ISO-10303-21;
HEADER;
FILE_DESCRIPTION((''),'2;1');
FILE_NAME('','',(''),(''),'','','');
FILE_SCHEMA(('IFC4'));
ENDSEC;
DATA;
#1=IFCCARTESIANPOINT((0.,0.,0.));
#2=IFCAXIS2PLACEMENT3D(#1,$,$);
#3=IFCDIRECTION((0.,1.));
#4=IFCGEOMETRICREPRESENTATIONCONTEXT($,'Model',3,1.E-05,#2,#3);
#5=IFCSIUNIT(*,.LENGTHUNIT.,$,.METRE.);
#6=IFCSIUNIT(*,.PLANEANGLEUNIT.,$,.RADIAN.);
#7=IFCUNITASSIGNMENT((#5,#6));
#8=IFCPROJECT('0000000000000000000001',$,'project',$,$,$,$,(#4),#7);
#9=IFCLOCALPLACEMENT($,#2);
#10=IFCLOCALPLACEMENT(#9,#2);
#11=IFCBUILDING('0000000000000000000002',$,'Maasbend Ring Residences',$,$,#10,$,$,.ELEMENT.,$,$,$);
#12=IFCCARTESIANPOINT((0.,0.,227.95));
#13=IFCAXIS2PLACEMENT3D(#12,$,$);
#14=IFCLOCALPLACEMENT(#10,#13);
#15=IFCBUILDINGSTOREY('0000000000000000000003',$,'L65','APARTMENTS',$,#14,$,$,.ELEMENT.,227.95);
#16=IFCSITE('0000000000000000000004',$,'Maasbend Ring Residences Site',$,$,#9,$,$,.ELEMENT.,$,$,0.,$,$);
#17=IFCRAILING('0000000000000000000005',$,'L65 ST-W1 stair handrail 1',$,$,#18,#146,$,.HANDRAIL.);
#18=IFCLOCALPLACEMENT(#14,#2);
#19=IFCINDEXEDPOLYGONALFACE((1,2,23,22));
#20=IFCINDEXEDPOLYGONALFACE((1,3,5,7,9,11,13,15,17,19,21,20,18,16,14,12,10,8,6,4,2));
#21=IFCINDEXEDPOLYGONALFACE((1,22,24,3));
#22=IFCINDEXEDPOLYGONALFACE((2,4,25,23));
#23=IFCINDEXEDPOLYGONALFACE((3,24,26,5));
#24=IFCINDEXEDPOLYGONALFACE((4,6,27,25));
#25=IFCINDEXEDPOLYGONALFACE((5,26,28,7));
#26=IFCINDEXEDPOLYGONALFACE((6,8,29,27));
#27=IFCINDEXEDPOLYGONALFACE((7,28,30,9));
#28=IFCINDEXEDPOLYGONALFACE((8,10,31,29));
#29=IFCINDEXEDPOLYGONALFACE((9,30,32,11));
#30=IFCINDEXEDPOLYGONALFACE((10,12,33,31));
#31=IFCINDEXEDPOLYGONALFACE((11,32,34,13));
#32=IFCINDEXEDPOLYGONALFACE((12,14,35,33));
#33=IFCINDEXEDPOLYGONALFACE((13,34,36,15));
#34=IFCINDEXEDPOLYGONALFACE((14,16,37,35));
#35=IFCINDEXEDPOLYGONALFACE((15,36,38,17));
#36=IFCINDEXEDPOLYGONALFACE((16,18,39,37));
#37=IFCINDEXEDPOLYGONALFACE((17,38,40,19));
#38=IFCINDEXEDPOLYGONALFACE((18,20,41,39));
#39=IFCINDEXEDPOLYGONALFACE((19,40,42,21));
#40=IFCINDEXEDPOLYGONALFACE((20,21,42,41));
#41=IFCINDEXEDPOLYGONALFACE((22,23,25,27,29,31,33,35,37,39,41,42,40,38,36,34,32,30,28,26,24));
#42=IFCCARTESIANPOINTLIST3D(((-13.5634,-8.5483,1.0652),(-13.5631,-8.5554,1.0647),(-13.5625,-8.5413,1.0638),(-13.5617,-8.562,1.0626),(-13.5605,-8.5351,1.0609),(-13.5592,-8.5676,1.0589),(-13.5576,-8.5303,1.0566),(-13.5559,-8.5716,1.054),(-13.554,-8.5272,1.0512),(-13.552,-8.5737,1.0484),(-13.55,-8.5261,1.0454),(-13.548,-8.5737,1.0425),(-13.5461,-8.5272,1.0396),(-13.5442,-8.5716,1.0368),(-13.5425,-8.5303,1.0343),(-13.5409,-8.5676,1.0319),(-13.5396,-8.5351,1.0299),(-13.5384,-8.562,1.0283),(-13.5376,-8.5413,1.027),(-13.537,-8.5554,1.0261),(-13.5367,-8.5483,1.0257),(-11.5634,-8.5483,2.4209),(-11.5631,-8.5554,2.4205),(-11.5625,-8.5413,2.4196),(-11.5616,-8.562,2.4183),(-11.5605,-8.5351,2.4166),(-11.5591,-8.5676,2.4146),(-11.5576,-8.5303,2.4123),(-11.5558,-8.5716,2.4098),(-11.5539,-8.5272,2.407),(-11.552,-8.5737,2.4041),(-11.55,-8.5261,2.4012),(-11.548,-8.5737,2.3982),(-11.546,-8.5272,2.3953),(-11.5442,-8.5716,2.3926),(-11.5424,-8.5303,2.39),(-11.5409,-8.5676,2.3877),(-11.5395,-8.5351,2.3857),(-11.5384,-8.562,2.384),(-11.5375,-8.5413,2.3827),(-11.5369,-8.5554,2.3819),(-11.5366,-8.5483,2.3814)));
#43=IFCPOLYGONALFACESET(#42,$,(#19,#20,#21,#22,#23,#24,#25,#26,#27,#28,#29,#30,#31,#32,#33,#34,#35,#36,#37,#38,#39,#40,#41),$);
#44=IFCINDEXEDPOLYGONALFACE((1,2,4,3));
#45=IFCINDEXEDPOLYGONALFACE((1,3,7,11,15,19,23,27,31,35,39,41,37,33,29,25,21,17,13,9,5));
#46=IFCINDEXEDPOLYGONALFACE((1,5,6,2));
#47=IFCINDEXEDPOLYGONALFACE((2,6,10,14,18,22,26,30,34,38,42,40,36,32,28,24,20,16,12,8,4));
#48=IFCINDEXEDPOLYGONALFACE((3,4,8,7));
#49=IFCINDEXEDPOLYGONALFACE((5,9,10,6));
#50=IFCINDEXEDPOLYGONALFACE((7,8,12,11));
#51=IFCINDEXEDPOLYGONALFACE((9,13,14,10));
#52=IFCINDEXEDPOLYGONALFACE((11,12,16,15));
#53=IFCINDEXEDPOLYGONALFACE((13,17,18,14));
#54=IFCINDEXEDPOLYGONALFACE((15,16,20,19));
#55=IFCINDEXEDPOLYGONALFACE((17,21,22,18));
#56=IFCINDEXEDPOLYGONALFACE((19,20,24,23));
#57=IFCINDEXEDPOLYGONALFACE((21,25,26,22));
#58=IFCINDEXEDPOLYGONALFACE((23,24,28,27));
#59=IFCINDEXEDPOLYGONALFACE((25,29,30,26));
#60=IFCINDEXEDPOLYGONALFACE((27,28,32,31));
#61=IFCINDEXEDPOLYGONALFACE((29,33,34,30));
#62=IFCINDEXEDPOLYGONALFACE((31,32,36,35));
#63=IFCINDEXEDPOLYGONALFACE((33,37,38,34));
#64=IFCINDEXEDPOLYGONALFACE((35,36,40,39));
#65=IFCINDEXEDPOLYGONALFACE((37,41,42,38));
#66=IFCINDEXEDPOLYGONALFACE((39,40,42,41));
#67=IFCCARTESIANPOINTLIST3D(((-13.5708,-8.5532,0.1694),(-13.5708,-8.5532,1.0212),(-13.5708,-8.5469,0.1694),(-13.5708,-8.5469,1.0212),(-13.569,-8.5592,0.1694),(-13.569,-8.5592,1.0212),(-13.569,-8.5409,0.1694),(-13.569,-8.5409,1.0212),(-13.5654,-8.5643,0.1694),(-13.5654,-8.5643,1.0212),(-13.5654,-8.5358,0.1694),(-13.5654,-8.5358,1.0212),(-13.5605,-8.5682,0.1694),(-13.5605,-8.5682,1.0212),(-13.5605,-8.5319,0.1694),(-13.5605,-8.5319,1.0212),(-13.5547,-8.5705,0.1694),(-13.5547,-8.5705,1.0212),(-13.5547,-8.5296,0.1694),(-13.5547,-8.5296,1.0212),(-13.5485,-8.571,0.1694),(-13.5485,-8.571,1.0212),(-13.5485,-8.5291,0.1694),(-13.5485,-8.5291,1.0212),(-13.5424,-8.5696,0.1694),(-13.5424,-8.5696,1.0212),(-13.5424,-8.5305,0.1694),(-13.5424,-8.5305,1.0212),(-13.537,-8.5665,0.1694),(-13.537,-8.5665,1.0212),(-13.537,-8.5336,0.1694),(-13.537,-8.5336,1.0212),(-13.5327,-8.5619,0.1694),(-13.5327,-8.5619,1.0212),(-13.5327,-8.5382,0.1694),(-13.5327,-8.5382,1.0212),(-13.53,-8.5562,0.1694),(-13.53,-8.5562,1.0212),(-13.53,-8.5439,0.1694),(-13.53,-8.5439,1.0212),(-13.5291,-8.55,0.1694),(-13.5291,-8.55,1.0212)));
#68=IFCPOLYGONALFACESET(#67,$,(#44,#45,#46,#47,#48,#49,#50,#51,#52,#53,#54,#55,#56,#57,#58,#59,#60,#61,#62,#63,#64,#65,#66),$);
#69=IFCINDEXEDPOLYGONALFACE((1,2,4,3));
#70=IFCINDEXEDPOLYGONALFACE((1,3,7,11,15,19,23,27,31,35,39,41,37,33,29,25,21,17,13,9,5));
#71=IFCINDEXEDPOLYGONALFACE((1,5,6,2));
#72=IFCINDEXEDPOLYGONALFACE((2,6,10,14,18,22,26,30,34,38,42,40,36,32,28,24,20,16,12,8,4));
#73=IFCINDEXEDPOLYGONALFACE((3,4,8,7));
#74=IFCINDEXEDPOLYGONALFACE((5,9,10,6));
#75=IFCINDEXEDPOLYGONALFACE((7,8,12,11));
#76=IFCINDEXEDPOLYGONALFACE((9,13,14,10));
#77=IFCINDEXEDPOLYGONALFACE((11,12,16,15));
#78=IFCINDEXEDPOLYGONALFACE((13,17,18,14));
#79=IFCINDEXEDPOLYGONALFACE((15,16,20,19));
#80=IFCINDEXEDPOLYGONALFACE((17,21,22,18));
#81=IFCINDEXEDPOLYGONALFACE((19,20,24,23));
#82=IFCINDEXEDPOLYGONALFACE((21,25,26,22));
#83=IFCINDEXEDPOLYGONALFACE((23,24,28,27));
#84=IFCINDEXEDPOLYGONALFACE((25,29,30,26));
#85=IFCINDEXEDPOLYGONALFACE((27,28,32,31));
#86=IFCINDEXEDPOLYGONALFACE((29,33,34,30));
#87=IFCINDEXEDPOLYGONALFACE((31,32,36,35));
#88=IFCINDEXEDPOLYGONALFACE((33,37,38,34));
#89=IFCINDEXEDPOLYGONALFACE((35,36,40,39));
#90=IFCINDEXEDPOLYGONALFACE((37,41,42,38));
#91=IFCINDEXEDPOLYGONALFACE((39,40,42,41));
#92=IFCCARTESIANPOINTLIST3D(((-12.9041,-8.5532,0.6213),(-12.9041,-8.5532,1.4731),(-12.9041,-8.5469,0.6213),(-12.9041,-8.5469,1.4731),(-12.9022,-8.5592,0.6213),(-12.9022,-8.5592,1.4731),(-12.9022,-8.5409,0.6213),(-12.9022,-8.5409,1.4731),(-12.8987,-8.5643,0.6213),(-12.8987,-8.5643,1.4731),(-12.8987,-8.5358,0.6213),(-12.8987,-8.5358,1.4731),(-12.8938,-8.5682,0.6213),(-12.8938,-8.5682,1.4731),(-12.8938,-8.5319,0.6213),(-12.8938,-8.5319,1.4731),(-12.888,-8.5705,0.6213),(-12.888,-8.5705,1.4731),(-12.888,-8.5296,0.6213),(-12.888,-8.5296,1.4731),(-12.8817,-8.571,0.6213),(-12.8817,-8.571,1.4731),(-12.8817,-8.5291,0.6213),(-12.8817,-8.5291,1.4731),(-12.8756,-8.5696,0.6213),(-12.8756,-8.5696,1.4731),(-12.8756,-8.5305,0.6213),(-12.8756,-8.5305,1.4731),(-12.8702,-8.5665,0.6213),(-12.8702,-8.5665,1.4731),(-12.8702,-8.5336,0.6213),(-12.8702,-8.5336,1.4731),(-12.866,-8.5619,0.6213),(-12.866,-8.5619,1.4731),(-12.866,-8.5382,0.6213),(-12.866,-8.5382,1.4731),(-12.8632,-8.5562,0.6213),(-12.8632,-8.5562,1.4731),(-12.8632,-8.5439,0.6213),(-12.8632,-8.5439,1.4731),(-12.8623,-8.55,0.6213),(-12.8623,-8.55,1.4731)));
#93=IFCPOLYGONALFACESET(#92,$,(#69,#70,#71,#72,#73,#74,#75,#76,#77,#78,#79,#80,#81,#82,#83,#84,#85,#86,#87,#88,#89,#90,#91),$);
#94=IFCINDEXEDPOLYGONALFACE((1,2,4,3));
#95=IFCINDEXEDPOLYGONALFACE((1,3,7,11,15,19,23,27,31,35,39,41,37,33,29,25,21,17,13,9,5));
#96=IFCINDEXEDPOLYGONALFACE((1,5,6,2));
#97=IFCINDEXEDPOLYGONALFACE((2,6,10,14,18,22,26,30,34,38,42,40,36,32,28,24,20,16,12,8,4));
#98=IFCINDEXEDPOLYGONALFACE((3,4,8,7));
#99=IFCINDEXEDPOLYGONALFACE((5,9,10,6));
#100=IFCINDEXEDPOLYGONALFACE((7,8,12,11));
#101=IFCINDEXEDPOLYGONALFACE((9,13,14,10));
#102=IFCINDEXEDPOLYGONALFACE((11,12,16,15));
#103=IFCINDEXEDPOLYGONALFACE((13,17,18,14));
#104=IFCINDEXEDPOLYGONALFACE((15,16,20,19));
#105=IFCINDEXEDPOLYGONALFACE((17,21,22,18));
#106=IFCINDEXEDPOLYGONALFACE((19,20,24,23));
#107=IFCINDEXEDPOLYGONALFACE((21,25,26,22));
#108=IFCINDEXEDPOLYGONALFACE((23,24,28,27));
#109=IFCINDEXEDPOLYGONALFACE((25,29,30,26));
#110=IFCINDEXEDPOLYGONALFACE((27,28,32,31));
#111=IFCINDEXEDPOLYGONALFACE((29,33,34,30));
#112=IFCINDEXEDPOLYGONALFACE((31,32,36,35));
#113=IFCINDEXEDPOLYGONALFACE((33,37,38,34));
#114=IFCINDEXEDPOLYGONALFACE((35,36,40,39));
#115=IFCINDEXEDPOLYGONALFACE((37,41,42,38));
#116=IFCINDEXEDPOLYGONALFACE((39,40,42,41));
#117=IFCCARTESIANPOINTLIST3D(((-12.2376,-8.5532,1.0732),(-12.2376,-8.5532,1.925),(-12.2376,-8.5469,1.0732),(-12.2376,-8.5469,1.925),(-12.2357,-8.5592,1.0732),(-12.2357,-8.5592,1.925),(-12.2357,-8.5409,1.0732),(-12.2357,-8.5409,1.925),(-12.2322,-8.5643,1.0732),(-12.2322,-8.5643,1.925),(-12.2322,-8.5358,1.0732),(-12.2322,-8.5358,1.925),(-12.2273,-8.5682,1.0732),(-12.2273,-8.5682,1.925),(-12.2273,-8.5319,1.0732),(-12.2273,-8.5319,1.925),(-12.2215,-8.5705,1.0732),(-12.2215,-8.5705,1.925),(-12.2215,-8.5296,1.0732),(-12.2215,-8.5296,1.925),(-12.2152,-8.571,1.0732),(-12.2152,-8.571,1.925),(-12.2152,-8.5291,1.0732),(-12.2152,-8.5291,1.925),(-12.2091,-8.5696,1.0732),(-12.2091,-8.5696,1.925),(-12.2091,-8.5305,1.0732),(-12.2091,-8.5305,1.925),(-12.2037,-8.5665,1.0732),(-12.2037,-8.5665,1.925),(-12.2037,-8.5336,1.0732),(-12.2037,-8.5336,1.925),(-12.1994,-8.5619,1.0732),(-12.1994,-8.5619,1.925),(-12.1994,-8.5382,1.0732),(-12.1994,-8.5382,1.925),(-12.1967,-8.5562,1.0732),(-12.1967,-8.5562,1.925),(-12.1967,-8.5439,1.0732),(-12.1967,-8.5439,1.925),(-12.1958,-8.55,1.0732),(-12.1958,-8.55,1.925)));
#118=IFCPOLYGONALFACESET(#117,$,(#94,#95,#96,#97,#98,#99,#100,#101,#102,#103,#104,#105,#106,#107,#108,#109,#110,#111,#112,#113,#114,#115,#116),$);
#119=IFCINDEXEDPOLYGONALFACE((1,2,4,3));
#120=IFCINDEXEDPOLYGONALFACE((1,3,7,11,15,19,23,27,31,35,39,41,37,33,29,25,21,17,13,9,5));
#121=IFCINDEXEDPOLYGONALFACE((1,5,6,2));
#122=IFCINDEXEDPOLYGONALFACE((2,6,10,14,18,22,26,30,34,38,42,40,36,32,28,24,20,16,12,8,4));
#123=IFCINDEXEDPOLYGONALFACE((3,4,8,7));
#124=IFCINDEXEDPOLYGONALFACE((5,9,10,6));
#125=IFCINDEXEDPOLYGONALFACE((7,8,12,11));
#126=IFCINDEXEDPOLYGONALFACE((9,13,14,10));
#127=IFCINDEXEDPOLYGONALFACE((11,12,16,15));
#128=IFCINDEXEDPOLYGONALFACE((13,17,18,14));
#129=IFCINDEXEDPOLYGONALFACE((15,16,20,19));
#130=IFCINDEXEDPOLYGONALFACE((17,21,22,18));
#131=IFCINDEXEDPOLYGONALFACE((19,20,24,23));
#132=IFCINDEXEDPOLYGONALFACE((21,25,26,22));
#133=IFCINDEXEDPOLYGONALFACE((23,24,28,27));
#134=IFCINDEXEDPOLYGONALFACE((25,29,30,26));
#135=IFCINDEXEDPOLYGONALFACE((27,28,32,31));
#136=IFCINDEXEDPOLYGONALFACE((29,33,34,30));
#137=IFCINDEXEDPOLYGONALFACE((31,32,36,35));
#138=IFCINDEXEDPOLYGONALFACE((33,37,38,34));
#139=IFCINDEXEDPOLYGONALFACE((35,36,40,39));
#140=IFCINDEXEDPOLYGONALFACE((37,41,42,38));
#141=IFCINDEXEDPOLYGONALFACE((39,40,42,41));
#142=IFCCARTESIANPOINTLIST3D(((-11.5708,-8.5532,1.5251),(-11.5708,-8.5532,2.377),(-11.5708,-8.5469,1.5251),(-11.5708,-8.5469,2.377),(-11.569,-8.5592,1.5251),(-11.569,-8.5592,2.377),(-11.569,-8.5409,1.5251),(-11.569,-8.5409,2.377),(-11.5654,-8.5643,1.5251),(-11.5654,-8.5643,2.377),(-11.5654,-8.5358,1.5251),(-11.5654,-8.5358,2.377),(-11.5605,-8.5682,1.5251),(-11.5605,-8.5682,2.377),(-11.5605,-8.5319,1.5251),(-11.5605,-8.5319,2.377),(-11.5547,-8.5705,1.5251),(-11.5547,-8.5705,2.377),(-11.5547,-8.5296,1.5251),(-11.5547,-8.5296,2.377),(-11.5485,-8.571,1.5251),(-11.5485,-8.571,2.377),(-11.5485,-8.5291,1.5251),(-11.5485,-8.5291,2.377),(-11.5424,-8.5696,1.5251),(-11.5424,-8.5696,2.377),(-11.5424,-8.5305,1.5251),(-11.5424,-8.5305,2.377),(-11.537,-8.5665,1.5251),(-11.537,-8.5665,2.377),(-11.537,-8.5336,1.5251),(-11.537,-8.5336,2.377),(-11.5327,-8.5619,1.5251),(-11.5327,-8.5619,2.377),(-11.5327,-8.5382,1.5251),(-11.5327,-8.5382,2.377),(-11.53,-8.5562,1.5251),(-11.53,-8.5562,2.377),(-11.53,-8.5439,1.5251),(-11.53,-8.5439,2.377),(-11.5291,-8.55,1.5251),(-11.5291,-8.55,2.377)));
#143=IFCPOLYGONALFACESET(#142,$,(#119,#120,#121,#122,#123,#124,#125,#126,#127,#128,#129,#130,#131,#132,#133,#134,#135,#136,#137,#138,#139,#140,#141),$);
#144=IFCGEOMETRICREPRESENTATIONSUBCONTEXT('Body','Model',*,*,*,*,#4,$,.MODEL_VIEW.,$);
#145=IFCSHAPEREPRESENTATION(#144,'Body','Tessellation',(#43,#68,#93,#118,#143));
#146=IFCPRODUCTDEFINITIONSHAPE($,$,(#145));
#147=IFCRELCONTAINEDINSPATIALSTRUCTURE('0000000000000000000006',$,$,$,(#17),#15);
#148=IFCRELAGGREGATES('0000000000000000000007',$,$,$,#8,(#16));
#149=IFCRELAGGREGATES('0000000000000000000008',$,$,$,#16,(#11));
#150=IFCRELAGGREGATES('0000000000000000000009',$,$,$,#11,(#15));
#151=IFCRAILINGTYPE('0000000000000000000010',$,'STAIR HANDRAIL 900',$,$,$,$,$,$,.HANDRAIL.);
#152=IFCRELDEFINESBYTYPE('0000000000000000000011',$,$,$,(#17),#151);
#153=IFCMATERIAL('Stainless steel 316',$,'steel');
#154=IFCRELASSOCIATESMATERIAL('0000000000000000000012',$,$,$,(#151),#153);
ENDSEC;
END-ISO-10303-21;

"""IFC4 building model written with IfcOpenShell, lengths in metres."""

from ifc_helpers import new_model, si_unit, direction, frame, origin, origin_2d, place, context, subcontext, project, spatial, circle, extrude, material, type_object, element, save


model = new_model("IFC4")

# Units and contexts
model_context = context("Model", 3, precision=1e-05, world=origin(), true_north=direction((0.0, 1.0)))
body_context = subcontext(model_context, "Body", "Model", "MODEL_VIEW")
ifc_project = project(units=[si_unit("LENGTHUNIT", "METRE"), si_unit("PLANEANGLEUNIT", "RADIAN")], contexts=[model_context])

# Site, building, storey
site_placement = place(None, origin())
site = spatial("IfcSite", under=ifc_project, at=site_placement, Name="Maasbend Ring Residences Site", CompositionType="ELEMENT", RefElevation=0.0)
building_placement = place(site_placement, origin())
building = spatial("IfcBuilding", under=site, at=building_placement, Name="Maasbend Ring Residences", CompositionType="ELEMENT")
storey_placement = place(building_placement, frame((0.0, 0.0, 227.95)))
storey = spatial("IfcBuildingStorey", under=building, at=storey_placement, Name="L65", Description="APARTMENTS", CompositionType="ELEMENT", Elevation=227.95)

# Railing
ifc_material_1 = material(Name="Stainless steel 316", Category="steel")
railing_type_1 = type_object("IfcRailingType", Name="STAIR HANDRAIL 900", PredefinedType="HANDRAIL", material=ifc_material_1)
railing_1_placement = place(storey_placement, frame((-13.55, -8.55, 0.1694)))
element("IfcRailing", 1, at=railing_1_placement, inside=storey, type_object=railing_type_1, Name="L65 ST-W1 stair handrail 1", PredefinedType="HANDRAIL", context=body_context, shape_type="SweptSolid", body=[
    extrude(circle(Radius=0.0239, at=origin_2d()), frame((0.0, 0.0, 0.876), z_axis=(0.827751, 0.0, 0.561096), x_axis=(0.0, 1.0, 0.0)), (0.0, 0.0, 1.0), 2.4163),
    extrude(circle(Radius=0.021, at=origin_2d()), origin(), (0.0, 0.0, 1.0), 0.8518),
    extrude(circle(Radius=0.021, at=origin_2d()), frame((0.6667, 0.0, 0.4519)), (0.0, 0.0, 1.0), 0.8518),
    extrude(circle(Radius=0.021, at=origin_2d()), frame((1.3333, 0.0, 0.9038)), (0.0, 0.0, 1.0), 0.8518),
    extrude(circle(Radius=0.021, at=origin_2d()), frame((2.0, 0.0, 1.3557)), (0.0, 0.0, 1.0), 0.8518),
])

save(model, "model.ifc")
